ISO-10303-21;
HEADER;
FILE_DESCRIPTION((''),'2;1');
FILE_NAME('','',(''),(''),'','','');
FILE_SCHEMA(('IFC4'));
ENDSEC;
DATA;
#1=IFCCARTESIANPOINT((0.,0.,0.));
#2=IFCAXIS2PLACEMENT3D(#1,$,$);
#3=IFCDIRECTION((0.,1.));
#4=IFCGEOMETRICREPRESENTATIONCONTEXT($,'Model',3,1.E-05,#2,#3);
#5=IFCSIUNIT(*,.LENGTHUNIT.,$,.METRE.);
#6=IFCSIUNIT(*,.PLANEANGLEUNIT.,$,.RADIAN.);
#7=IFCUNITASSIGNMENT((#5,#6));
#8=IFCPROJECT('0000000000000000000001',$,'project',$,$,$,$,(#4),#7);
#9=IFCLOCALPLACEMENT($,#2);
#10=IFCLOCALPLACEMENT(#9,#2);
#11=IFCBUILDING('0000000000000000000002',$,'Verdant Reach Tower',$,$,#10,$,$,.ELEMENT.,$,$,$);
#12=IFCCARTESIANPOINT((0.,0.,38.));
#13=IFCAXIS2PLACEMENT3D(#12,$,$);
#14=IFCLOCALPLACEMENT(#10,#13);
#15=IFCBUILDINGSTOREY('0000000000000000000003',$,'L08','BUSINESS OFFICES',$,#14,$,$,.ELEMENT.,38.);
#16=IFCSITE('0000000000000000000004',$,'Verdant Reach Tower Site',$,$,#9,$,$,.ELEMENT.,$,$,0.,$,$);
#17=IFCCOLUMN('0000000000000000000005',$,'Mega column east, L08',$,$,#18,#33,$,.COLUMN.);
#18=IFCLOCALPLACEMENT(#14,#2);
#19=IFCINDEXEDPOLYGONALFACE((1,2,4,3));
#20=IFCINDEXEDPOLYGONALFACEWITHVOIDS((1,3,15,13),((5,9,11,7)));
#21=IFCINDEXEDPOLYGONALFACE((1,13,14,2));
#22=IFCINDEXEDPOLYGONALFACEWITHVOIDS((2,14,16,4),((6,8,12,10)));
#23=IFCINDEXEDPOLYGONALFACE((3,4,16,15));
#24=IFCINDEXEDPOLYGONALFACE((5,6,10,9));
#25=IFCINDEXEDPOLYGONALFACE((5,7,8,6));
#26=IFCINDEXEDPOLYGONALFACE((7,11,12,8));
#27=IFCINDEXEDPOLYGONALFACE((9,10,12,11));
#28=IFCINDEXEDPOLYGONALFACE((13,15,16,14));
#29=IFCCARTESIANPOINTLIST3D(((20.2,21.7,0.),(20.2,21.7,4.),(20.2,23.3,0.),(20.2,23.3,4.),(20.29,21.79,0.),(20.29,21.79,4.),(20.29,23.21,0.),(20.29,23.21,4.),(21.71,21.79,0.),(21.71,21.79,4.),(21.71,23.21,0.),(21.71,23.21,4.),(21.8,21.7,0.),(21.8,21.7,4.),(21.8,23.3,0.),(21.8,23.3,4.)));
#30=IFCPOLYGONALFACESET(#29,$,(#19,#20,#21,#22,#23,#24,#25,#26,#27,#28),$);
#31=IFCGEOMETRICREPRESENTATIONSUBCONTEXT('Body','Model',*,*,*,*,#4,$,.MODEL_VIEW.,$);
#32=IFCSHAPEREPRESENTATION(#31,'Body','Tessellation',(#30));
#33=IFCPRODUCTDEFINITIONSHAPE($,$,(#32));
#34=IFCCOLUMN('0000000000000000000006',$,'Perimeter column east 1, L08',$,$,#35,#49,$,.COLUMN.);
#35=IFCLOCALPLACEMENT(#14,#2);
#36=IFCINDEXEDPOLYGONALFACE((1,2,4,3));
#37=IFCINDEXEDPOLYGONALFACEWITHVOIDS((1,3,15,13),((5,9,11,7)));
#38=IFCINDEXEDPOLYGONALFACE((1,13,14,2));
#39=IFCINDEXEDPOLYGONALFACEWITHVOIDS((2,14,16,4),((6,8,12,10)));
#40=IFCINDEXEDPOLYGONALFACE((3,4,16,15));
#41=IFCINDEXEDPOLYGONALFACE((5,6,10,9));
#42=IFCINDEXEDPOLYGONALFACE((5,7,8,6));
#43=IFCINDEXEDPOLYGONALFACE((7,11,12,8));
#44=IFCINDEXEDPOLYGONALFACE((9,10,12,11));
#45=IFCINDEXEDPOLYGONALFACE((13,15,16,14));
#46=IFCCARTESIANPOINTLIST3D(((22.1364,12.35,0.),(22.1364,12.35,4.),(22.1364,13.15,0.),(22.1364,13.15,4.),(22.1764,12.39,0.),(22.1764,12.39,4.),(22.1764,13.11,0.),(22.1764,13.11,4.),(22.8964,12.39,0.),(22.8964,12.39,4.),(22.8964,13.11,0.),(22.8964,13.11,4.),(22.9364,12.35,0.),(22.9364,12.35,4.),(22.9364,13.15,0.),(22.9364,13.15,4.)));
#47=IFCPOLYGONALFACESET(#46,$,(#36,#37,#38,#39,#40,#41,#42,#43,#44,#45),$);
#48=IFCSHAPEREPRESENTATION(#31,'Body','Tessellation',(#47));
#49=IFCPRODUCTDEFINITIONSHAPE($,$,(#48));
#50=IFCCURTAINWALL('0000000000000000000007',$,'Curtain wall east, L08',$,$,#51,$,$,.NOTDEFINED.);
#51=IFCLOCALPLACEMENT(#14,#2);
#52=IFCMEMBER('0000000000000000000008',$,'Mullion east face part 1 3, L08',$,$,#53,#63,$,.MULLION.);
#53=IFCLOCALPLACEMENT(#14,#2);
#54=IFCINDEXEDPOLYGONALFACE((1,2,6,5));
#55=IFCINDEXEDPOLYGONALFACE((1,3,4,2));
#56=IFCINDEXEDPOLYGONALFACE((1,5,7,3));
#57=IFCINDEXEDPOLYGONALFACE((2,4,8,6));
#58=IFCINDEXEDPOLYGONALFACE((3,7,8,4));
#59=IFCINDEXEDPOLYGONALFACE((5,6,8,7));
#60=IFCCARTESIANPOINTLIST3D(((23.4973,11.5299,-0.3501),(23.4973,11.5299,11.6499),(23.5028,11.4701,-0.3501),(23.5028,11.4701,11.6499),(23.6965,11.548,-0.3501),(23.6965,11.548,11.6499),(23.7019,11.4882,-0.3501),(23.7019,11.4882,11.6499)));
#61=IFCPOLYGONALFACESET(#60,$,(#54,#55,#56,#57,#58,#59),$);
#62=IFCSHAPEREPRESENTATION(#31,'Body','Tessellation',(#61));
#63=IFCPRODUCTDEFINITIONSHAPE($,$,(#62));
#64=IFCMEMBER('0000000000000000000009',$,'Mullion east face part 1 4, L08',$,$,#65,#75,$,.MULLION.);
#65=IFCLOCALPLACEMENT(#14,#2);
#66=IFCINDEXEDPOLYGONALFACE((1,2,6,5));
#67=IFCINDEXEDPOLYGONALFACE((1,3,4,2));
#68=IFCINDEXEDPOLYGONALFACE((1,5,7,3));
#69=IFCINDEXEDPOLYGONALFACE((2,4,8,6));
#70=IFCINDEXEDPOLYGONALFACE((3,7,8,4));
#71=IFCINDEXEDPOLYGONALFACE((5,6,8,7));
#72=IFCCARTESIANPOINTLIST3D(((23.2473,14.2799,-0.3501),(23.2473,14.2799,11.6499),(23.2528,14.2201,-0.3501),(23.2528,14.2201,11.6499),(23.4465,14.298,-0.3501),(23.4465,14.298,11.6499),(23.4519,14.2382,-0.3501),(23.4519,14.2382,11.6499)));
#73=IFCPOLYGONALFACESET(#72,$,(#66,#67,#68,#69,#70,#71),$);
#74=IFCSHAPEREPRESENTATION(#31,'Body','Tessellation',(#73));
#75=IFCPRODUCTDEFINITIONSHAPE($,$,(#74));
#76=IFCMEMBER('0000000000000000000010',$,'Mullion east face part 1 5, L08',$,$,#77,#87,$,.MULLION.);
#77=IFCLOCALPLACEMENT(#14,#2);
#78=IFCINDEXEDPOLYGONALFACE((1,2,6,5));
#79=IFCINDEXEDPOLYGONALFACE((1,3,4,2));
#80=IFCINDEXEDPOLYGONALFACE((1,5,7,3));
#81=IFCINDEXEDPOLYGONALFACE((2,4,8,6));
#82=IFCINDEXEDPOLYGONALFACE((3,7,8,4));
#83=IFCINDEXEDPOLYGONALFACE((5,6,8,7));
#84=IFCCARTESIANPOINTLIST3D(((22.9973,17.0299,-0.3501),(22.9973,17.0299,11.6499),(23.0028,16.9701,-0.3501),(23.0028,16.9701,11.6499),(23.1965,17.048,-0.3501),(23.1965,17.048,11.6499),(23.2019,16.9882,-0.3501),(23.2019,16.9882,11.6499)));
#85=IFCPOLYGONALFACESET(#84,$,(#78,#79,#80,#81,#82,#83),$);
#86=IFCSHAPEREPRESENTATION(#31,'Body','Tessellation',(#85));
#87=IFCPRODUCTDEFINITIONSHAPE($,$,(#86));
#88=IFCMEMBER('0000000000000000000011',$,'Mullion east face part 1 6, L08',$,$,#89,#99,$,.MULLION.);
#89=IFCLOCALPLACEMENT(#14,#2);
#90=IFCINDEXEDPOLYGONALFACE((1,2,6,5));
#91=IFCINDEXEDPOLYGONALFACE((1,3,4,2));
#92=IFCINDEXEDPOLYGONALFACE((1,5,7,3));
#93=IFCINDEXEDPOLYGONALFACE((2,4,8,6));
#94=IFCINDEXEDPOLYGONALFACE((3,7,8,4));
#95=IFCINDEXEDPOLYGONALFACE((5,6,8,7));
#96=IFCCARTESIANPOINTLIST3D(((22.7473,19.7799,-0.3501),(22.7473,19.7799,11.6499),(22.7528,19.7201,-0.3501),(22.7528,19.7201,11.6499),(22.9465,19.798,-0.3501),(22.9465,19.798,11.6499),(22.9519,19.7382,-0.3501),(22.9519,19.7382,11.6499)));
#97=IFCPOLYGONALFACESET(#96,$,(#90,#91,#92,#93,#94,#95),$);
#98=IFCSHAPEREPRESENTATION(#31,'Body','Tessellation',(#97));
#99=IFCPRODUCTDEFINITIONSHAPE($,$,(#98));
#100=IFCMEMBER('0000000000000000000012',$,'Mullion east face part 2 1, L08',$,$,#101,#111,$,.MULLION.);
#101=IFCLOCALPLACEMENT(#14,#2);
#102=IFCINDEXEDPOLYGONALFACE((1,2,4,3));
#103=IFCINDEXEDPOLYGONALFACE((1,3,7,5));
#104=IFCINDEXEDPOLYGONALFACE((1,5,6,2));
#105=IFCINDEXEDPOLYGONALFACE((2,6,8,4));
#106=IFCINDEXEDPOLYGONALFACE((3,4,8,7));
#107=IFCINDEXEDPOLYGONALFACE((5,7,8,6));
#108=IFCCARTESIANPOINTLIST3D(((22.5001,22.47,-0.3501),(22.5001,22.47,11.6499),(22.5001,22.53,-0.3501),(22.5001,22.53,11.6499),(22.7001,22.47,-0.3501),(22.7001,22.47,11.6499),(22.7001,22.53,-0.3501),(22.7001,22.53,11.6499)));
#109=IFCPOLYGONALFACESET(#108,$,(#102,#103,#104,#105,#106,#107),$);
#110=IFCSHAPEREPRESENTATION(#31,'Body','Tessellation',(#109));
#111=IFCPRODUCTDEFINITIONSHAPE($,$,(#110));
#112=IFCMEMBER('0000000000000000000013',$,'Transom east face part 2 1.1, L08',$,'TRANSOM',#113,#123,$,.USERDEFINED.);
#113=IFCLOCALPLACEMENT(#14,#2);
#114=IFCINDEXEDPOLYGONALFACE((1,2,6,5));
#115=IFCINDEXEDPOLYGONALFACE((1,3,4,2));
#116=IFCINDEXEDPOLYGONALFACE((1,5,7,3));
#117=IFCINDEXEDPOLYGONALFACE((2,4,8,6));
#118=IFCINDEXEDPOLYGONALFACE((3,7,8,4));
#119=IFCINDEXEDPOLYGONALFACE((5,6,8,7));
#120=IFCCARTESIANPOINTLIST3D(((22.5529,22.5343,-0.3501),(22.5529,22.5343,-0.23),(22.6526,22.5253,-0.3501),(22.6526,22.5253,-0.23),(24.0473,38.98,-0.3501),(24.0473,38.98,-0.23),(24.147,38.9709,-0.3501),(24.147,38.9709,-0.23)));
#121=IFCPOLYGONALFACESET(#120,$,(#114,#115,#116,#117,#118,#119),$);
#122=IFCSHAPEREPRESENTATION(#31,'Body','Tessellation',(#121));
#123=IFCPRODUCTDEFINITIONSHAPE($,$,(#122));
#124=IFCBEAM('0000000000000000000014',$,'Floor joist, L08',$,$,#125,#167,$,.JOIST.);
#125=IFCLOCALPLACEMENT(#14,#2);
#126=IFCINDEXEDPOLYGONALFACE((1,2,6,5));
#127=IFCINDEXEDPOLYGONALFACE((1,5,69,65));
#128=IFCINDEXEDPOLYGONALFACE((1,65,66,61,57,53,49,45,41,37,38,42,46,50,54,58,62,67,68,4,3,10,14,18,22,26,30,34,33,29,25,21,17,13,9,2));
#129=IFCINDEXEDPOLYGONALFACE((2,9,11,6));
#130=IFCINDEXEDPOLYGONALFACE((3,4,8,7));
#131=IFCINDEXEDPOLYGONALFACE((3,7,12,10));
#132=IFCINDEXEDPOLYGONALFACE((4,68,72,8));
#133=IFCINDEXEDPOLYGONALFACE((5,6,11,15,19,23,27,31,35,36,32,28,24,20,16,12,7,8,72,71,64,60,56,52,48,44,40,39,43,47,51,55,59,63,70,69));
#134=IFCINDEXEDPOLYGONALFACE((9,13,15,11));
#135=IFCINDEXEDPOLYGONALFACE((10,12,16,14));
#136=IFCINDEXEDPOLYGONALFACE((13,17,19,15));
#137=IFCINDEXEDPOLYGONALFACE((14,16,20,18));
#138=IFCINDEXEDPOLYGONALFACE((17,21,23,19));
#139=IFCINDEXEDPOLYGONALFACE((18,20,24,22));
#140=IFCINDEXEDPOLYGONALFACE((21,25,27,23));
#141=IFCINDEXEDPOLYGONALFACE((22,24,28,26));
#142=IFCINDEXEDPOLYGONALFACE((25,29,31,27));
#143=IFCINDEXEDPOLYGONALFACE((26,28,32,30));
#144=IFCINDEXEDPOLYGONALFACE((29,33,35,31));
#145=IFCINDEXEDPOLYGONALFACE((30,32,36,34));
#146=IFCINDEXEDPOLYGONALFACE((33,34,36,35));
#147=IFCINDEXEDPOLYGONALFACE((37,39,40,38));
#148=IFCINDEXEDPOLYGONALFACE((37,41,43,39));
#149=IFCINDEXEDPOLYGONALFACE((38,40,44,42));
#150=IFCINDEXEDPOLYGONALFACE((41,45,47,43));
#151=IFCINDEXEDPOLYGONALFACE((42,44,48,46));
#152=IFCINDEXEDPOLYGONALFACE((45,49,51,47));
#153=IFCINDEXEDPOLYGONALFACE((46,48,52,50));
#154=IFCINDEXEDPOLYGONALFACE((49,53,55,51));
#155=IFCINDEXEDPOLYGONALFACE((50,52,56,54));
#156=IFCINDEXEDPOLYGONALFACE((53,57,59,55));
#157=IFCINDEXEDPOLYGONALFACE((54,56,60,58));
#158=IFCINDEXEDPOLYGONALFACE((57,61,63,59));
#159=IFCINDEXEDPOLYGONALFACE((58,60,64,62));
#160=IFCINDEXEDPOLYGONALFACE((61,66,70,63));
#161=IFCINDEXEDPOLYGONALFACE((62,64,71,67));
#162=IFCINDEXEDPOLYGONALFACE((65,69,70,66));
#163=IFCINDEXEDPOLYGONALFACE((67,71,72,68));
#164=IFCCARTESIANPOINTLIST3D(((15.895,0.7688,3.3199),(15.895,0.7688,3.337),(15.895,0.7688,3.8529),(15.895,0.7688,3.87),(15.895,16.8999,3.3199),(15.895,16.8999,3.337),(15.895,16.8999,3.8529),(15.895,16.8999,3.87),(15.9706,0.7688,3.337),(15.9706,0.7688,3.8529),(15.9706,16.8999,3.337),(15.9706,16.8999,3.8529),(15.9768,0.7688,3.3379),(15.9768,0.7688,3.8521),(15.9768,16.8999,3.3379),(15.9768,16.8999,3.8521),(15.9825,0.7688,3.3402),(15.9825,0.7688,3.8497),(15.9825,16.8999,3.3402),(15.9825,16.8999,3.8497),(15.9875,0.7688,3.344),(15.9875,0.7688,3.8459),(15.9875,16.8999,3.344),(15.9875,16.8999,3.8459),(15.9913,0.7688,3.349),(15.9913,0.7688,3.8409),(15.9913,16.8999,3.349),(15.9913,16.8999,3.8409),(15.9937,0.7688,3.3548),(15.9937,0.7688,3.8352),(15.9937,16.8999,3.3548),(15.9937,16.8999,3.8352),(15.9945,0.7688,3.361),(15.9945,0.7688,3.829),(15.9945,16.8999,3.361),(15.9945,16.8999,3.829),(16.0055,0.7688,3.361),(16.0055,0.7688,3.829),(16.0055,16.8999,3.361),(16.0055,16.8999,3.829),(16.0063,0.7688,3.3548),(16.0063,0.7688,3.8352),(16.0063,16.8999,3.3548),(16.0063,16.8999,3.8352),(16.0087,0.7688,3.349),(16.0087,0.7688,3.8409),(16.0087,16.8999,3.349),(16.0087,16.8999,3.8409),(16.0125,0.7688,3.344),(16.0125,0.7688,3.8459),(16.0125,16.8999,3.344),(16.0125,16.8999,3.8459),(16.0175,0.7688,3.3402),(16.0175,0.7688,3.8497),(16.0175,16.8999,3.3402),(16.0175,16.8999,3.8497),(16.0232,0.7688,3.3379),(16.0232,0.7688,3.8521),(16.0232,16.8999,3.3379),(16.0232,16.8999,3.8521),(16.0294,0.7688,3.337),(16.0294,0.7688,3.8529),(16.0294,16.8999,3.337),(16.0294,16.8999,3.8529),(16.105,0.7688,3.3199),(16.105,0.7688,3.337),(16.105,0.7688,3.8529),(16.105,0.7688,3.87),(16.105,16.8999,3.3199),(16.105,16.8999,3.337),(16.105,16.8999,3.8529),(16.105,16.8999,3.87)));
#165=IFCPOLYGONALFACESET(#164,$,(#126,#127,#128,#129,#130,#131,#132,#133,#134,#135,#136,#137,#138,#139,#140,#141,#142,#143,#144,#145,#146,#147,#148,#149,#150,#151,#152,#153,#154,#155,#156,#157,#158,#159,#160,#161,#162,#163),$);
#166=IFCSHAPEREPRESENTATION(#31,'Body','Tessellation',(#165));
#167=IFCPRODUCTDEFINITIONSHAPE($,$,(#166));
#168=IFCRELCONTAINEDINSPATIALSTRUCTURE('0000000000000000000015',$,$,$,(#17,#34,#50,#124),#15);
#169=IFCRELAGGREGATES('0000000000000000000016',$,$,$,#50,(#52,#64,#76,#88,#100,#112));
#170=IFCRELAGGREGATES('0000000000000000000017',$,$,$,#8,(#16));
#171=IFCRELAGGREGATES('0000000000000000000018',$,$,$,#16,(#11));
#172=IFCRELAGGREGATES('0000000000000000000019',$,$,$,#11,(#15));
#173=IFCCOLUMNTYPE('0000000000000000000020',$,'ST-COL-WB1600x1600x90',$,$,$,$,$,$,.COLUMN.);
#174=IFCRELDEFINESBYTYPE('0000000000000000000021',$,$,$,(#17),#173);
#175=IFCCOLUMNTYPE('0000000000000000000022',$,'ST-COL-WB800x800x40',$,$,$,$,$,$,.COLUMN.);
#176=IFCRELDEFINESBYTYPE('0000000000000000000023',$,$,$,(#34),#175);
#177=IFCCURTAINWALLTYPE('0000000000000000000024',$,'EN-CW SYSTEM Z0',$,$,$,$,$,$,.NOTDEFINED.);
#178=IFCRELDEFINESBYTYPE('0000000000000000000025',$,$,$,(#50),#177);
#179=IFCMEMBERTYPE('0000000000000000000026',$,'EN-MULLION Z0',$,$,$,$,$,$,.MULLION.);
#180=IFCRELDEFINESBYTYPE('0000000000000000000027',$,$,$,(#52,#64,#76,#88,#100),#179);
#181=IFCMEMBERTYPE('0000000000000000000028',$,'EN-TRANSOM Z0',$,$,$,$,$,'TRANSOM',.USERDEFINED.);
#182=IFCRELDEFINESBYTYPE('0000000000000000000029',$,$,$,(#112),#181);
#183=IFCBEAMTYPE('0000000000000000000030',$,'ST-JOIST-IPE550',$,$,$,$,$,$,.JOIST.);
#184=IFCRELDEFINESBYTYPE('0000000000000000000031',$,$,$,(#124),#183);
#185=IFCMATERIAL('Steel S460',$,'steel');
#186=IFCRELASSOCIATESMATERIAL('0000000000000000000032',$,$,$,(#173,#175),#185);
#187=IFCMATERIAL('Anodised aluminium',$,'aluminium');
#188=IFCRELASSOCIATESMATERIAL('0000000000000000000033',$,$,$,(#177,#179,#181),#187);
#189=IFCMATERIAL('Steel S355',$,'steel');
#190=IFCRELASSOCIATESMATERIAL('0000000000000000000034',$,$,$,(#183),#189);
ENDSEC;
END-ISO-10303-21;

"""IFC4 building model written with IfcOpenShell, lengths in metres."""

from ifc_helpers import new_model, si_unit, direction, frame, origin, origin_2d, place, context, subcontext, project, spatial, rectangle, hollow_rectangle, i_section, extrude, material, material_profile, profile_set, type_object, element, aggregate, save


model = new_model("IFC4")

# Units and contexts
model_context = context("Model", 3, precision=1e-05, world=origin(), true_north=direction((0.0, 1.0)))
body_context = subcontext(model_context, "Body", "Model", "MODEL_VIEW")
ifc_project = project(units=[si_unit("LENGTHUNIT", "METRE"), si_unit("PLANEANGLEUNIT", "RADIAN")], contexts=[model_context])

# Site, building, storey
site_placement = place(None, origin())
site = spatial("IfcSite", under=ifc_project, at=site_placement, Name="Verdant Reach Tower Site", CompositionType="ELEMENT", RefElevation=0.0)
building_placement = place(site_placement, origin())
building = spatial("IfcBuilding", under=site, at=building_placement, Name="Verdant Reach Tower", CompositionType="ELEMENT")
storey_placement = place(building_placement, frame((0.0, 0.0, 38.0)))
storey = spatial("IfcBuildingStorey", under=building, at=storey_placement, Name="L08", Description="BUSINESS OFFICES", CompositionType="ELEMENT", Elevation=38.0)

# Columns
ifc_material_1 = material(Name="Steel S460", Category="steel")
ifc_material_profile_1 = material_profile(ifc_material_1, hollow_rectangle(XDim=1.6001, YDim=1.6001, WallThickness=0.0901, at=origin_2d()), Name="WB 1600x1600x90")
ifc_profile_set_1 = profile_set([ifc_material_profile_1], Name="Steel S460")
column_type_1 = type_object("IfcColumnType", Name="ST-COL-WB1600x1600x90", PredefinedType="COLUMN", material=ifc_profile_set_1)
column_1_placement = place(storey_placement, frame((21.0, 22.5, 0.0), z_axis=(0.0, 0.0, 1.0), x_axis=(1.0, 0.0, 0.0)))
element("IfcColumn", 1, at=column_1_placement, inside=storey, type_object=column_type_1, Name="Mega column east, L08", PredefinedType="COLUMN", context=body_context, shape_type="SweptSolid", body=[
    extrude(hollow_rectangle(XDim=1.6001, YDim=1.6001, WallThickness=0.0901, at=origin_2d()), origin(), (0.0, 0.0, 1.0), 4.0),
])
ifc_material_profile_2 = material_profile(ifc_material_1, hollow_rectangle(XDim=0.8, YDim=0.8, WallThickness=0.04, at=origin_2d()), Name="WB 800x800x40")
ifc_profile_set_2 = profile_set([ifc_material_profile_2], Name="Steel S460")
column_type_2 = type_object("IfcColumnType", Name="ST-COL-WB800x800x40", PredefinedType="COLUMN", material=ifc_profile_set_2)
column_2_placement = place(storey_placement, frame((22.5364, 12.75, 0.0), z_axis=(0.0, 0.0, 1.0), x_axis=(1.0, 0.0, 0.0)))
element("IfcColumn", 2, at=column_2_placement, inside=storey, type_object=column_type_2, Name="Perimeter column east 1, L08", PredefinedType="COLUMN", context=body_context, shape_type="SweptSolid", body=[
    extrude(hollow_rectangle(XDim=0.8, YDim=0.8, WallThickness=0.04, at=origin_2d()), origin(), (0.0, 0.0, 1.0), 4.0),
])

# Curtain wall, members
ifc_material_2 = material(Name="Anodised aluminium", Category="aluminium")
curtain_wall_type = type_object("IfcCurtainWallType", Name="EN-CW SYSTEM Z0", PredefinedType="NOTDEFINED", material=ifc_material_2)
curtain_wall_placement = place(storey_placement, origin())
curtain_wall = element("IfcCurtainWall", 3, at=curtain_wall_placement, inside=storey, type_object=curtain_wall_type, Name="Curtain wall east, L08", PredefinedType="NOTDEFINED")
ifc_material_profile_3 = material_profile(ifc_material_2, rectangle(XDim=0.2, YDim=0.0601, at=origin_2d()), Name="Mullion 60x200")
ifc_profile_set_3 = profile_set([ifc_material_profile_3], Name="Anodised aluminium")
member_type_1 = type_object("IfcMemberType", Name="EN-MULLION Z0", PredefinedType="MULLION", material=ifc_profile_set_3)
member_1_placement = place(storey_placement, frame((23.5996, 11.509, -0.3501), z_axis=(0.0, 0.0, 1.0), x_axis=(0.995893, 0.090536, 0.0)))
member_1 = element("IfcMember", 4, at=member_1_placement, type_object=member_type_1, Name="Mullion east face part 1 3, L08", PredefinedType="MULLION", context=body_context, shape_type="SweptSolid", body=[
    extrude(rectangle(XDim=0.2, YDim=0.0601, at=origin_2d()), origin(), (0.0, 0.0, 1.0), 12.0),
])
member_2_placement = place(storey_placement, frame((23.3496, 14.259, -0.3501), z_axis=(0.0, 0.0, 1.0), x_axis=(0.995893, 0.090536, 0.0)))
member_2 = element("IfcMember", 5, at=member_2_placement, type_object=member_type_1, Name="Mullion east face part 1 4, L08", PredefinedType="MULLION", context=body_context, shape_type="SweptSolid", body=[
    extrude(rectangle(XDim=0.2, YDim=0.0601, at=origin_2d()), origin(), (0.0, 0.0, 1.0), 12.0),
])
member_3_placement = place(storey_placement, frame((23.0996, 17.009, -0.3501), z_axis=(0.0, 0.0, 1.0), x_axis=(0.995893, 0.090536, 0.0)))
member_3 = element("IfcMember", 6, at=member_3_placement, type_object=member_type_1, Name="Mullion east face part 1 5, L08", PredefinedType="MULLION", context=body_context, shape_type="SweptSolid", body=[
    extrude(rectangle(XDim=0.2, YDim=0.0601, at=origin_2d()), origin(), (0.0, 0.0, 1.0), 12.0),
])
member_4_placement = place(storey_placement, frame((22.8496, 19.759, -0.3501), z_axis=(0.0, 0.0, 1.0), x_axis=(0.995893, 0.090536, 0.0)))
member_4 = element("IfcMember", 7, at=member_4_placement, type_object=member_type_1, Name="Mullion east face part 1 6, L08", PredefinedType="MULLION", context=body_context, shape_type="SweptSolid", body=[
    extrude(rectangle(XDim=0.2, YDim=0.0601, at=origin_2d()), origin(), (0.0, 0.0, 1.0), 12.0),
])
member_5_placement = place(storey_placement, frame((22.6001, 22.5, -0.3501), z_axis=(0.0, 0.0, 1.0), x_axis=(1.0, 0.0, 0.0)))
member_5 = element("IfcMember", 8, at=member_5_placement, type_object=member_type_1, Name="Mullion east face part 2 1, L08", PredefinedType="MULLION", context=body_context, shape_type="SweptSolid", body=[
    extrude(rectangle(XDim=0.2, YDim=0.0601, at=origin_2d()), origin(), (0.0, 0.0, 1.0), 12.0),
])
ifc_material_profile_4 = material_profile(ifc_material_2, rectangle(XDim=0.1001, YDim=0.1201, at=origin_2d()), Name="Transom 120x100")
ifc_profile_set_4 = profile_set([ifc_material_profile_4], Name="Anodised aluminium")
member_type_2 = type_object("IfcMemberType", Name="EN-TRANSOM Z0", ElementType="TRANSOM", PredefinedType="USERDEFINED", material=ifc_profile_set_4)
member_6_placement = place(storey_placement, frame((22.6028, 22.5298, -0.29), z_axis=(0.090496, 0.995897, 0.0), x_axis=(-0.995897, 0.090496, 0.0)))
member_6 = element("IfcMember", 9, at=member_6_placement, type_object=member_type_2, Name="Transom east face part 2 1.1, L08", ObjectType="TRANSOM", PredefinedType="USERDEFINED", context=body_context, shape_type="SweptSolid", body=[
    extrude(rectangle(XDim=0.1001, YDim=0.1201, at=origin_2d()), origin(), (0.0, 0.0, 1.0), 16.5134),
])

# Beam
ifc_material_3 = material(Name="Steel S355", Category="steel")
ifc_material_profile_5 = material_profile(ifc_material_3, i_section(OverallWidth=0.21, OverallDepth=0.55, WebThickness=0.011, FlangeThickness=0.0171, FilletRadius=0.0239, at=origin_2d()), Name="IPE 550")
ifc_profile_set_5 = profile_set([ifc_material_profile_5], Name="Steel S355")
beam_type_1 = type_object("IfcBeamType", Name="ST-JOIST-IPE550", PredefinedType="JOIST", material=ifc_profile_set_5)
beam_1_placement = place(storey_placement, frame((16.0, 16.8999, 3.595), z_axis=(0.0, -1.0, 0.0), x_axis=(1.0, 0.0, 0.0)))
element("IfcBeam", 10, at=beam_1_placement, inside=storey, type_object=beam_type_1, Name="Floor joist, L08", PredefinedType="JOIST", context=body_context, shape_type="SweptSolid", body=[
    extrude(i_section(OverallWidth=0.21, OverallDepth=0.55, WebThickness=0.011, FlangeThickness=0.0171, FilletRadius=0.0239, at=origin_2d()), origin(), (0.0, 0.0, 1.0), 16.1311),
])

aggregate(curtain_wall, [member_1, member_2, member_3, member_4, member_5, member_6])

save(model, "model.ifc")
